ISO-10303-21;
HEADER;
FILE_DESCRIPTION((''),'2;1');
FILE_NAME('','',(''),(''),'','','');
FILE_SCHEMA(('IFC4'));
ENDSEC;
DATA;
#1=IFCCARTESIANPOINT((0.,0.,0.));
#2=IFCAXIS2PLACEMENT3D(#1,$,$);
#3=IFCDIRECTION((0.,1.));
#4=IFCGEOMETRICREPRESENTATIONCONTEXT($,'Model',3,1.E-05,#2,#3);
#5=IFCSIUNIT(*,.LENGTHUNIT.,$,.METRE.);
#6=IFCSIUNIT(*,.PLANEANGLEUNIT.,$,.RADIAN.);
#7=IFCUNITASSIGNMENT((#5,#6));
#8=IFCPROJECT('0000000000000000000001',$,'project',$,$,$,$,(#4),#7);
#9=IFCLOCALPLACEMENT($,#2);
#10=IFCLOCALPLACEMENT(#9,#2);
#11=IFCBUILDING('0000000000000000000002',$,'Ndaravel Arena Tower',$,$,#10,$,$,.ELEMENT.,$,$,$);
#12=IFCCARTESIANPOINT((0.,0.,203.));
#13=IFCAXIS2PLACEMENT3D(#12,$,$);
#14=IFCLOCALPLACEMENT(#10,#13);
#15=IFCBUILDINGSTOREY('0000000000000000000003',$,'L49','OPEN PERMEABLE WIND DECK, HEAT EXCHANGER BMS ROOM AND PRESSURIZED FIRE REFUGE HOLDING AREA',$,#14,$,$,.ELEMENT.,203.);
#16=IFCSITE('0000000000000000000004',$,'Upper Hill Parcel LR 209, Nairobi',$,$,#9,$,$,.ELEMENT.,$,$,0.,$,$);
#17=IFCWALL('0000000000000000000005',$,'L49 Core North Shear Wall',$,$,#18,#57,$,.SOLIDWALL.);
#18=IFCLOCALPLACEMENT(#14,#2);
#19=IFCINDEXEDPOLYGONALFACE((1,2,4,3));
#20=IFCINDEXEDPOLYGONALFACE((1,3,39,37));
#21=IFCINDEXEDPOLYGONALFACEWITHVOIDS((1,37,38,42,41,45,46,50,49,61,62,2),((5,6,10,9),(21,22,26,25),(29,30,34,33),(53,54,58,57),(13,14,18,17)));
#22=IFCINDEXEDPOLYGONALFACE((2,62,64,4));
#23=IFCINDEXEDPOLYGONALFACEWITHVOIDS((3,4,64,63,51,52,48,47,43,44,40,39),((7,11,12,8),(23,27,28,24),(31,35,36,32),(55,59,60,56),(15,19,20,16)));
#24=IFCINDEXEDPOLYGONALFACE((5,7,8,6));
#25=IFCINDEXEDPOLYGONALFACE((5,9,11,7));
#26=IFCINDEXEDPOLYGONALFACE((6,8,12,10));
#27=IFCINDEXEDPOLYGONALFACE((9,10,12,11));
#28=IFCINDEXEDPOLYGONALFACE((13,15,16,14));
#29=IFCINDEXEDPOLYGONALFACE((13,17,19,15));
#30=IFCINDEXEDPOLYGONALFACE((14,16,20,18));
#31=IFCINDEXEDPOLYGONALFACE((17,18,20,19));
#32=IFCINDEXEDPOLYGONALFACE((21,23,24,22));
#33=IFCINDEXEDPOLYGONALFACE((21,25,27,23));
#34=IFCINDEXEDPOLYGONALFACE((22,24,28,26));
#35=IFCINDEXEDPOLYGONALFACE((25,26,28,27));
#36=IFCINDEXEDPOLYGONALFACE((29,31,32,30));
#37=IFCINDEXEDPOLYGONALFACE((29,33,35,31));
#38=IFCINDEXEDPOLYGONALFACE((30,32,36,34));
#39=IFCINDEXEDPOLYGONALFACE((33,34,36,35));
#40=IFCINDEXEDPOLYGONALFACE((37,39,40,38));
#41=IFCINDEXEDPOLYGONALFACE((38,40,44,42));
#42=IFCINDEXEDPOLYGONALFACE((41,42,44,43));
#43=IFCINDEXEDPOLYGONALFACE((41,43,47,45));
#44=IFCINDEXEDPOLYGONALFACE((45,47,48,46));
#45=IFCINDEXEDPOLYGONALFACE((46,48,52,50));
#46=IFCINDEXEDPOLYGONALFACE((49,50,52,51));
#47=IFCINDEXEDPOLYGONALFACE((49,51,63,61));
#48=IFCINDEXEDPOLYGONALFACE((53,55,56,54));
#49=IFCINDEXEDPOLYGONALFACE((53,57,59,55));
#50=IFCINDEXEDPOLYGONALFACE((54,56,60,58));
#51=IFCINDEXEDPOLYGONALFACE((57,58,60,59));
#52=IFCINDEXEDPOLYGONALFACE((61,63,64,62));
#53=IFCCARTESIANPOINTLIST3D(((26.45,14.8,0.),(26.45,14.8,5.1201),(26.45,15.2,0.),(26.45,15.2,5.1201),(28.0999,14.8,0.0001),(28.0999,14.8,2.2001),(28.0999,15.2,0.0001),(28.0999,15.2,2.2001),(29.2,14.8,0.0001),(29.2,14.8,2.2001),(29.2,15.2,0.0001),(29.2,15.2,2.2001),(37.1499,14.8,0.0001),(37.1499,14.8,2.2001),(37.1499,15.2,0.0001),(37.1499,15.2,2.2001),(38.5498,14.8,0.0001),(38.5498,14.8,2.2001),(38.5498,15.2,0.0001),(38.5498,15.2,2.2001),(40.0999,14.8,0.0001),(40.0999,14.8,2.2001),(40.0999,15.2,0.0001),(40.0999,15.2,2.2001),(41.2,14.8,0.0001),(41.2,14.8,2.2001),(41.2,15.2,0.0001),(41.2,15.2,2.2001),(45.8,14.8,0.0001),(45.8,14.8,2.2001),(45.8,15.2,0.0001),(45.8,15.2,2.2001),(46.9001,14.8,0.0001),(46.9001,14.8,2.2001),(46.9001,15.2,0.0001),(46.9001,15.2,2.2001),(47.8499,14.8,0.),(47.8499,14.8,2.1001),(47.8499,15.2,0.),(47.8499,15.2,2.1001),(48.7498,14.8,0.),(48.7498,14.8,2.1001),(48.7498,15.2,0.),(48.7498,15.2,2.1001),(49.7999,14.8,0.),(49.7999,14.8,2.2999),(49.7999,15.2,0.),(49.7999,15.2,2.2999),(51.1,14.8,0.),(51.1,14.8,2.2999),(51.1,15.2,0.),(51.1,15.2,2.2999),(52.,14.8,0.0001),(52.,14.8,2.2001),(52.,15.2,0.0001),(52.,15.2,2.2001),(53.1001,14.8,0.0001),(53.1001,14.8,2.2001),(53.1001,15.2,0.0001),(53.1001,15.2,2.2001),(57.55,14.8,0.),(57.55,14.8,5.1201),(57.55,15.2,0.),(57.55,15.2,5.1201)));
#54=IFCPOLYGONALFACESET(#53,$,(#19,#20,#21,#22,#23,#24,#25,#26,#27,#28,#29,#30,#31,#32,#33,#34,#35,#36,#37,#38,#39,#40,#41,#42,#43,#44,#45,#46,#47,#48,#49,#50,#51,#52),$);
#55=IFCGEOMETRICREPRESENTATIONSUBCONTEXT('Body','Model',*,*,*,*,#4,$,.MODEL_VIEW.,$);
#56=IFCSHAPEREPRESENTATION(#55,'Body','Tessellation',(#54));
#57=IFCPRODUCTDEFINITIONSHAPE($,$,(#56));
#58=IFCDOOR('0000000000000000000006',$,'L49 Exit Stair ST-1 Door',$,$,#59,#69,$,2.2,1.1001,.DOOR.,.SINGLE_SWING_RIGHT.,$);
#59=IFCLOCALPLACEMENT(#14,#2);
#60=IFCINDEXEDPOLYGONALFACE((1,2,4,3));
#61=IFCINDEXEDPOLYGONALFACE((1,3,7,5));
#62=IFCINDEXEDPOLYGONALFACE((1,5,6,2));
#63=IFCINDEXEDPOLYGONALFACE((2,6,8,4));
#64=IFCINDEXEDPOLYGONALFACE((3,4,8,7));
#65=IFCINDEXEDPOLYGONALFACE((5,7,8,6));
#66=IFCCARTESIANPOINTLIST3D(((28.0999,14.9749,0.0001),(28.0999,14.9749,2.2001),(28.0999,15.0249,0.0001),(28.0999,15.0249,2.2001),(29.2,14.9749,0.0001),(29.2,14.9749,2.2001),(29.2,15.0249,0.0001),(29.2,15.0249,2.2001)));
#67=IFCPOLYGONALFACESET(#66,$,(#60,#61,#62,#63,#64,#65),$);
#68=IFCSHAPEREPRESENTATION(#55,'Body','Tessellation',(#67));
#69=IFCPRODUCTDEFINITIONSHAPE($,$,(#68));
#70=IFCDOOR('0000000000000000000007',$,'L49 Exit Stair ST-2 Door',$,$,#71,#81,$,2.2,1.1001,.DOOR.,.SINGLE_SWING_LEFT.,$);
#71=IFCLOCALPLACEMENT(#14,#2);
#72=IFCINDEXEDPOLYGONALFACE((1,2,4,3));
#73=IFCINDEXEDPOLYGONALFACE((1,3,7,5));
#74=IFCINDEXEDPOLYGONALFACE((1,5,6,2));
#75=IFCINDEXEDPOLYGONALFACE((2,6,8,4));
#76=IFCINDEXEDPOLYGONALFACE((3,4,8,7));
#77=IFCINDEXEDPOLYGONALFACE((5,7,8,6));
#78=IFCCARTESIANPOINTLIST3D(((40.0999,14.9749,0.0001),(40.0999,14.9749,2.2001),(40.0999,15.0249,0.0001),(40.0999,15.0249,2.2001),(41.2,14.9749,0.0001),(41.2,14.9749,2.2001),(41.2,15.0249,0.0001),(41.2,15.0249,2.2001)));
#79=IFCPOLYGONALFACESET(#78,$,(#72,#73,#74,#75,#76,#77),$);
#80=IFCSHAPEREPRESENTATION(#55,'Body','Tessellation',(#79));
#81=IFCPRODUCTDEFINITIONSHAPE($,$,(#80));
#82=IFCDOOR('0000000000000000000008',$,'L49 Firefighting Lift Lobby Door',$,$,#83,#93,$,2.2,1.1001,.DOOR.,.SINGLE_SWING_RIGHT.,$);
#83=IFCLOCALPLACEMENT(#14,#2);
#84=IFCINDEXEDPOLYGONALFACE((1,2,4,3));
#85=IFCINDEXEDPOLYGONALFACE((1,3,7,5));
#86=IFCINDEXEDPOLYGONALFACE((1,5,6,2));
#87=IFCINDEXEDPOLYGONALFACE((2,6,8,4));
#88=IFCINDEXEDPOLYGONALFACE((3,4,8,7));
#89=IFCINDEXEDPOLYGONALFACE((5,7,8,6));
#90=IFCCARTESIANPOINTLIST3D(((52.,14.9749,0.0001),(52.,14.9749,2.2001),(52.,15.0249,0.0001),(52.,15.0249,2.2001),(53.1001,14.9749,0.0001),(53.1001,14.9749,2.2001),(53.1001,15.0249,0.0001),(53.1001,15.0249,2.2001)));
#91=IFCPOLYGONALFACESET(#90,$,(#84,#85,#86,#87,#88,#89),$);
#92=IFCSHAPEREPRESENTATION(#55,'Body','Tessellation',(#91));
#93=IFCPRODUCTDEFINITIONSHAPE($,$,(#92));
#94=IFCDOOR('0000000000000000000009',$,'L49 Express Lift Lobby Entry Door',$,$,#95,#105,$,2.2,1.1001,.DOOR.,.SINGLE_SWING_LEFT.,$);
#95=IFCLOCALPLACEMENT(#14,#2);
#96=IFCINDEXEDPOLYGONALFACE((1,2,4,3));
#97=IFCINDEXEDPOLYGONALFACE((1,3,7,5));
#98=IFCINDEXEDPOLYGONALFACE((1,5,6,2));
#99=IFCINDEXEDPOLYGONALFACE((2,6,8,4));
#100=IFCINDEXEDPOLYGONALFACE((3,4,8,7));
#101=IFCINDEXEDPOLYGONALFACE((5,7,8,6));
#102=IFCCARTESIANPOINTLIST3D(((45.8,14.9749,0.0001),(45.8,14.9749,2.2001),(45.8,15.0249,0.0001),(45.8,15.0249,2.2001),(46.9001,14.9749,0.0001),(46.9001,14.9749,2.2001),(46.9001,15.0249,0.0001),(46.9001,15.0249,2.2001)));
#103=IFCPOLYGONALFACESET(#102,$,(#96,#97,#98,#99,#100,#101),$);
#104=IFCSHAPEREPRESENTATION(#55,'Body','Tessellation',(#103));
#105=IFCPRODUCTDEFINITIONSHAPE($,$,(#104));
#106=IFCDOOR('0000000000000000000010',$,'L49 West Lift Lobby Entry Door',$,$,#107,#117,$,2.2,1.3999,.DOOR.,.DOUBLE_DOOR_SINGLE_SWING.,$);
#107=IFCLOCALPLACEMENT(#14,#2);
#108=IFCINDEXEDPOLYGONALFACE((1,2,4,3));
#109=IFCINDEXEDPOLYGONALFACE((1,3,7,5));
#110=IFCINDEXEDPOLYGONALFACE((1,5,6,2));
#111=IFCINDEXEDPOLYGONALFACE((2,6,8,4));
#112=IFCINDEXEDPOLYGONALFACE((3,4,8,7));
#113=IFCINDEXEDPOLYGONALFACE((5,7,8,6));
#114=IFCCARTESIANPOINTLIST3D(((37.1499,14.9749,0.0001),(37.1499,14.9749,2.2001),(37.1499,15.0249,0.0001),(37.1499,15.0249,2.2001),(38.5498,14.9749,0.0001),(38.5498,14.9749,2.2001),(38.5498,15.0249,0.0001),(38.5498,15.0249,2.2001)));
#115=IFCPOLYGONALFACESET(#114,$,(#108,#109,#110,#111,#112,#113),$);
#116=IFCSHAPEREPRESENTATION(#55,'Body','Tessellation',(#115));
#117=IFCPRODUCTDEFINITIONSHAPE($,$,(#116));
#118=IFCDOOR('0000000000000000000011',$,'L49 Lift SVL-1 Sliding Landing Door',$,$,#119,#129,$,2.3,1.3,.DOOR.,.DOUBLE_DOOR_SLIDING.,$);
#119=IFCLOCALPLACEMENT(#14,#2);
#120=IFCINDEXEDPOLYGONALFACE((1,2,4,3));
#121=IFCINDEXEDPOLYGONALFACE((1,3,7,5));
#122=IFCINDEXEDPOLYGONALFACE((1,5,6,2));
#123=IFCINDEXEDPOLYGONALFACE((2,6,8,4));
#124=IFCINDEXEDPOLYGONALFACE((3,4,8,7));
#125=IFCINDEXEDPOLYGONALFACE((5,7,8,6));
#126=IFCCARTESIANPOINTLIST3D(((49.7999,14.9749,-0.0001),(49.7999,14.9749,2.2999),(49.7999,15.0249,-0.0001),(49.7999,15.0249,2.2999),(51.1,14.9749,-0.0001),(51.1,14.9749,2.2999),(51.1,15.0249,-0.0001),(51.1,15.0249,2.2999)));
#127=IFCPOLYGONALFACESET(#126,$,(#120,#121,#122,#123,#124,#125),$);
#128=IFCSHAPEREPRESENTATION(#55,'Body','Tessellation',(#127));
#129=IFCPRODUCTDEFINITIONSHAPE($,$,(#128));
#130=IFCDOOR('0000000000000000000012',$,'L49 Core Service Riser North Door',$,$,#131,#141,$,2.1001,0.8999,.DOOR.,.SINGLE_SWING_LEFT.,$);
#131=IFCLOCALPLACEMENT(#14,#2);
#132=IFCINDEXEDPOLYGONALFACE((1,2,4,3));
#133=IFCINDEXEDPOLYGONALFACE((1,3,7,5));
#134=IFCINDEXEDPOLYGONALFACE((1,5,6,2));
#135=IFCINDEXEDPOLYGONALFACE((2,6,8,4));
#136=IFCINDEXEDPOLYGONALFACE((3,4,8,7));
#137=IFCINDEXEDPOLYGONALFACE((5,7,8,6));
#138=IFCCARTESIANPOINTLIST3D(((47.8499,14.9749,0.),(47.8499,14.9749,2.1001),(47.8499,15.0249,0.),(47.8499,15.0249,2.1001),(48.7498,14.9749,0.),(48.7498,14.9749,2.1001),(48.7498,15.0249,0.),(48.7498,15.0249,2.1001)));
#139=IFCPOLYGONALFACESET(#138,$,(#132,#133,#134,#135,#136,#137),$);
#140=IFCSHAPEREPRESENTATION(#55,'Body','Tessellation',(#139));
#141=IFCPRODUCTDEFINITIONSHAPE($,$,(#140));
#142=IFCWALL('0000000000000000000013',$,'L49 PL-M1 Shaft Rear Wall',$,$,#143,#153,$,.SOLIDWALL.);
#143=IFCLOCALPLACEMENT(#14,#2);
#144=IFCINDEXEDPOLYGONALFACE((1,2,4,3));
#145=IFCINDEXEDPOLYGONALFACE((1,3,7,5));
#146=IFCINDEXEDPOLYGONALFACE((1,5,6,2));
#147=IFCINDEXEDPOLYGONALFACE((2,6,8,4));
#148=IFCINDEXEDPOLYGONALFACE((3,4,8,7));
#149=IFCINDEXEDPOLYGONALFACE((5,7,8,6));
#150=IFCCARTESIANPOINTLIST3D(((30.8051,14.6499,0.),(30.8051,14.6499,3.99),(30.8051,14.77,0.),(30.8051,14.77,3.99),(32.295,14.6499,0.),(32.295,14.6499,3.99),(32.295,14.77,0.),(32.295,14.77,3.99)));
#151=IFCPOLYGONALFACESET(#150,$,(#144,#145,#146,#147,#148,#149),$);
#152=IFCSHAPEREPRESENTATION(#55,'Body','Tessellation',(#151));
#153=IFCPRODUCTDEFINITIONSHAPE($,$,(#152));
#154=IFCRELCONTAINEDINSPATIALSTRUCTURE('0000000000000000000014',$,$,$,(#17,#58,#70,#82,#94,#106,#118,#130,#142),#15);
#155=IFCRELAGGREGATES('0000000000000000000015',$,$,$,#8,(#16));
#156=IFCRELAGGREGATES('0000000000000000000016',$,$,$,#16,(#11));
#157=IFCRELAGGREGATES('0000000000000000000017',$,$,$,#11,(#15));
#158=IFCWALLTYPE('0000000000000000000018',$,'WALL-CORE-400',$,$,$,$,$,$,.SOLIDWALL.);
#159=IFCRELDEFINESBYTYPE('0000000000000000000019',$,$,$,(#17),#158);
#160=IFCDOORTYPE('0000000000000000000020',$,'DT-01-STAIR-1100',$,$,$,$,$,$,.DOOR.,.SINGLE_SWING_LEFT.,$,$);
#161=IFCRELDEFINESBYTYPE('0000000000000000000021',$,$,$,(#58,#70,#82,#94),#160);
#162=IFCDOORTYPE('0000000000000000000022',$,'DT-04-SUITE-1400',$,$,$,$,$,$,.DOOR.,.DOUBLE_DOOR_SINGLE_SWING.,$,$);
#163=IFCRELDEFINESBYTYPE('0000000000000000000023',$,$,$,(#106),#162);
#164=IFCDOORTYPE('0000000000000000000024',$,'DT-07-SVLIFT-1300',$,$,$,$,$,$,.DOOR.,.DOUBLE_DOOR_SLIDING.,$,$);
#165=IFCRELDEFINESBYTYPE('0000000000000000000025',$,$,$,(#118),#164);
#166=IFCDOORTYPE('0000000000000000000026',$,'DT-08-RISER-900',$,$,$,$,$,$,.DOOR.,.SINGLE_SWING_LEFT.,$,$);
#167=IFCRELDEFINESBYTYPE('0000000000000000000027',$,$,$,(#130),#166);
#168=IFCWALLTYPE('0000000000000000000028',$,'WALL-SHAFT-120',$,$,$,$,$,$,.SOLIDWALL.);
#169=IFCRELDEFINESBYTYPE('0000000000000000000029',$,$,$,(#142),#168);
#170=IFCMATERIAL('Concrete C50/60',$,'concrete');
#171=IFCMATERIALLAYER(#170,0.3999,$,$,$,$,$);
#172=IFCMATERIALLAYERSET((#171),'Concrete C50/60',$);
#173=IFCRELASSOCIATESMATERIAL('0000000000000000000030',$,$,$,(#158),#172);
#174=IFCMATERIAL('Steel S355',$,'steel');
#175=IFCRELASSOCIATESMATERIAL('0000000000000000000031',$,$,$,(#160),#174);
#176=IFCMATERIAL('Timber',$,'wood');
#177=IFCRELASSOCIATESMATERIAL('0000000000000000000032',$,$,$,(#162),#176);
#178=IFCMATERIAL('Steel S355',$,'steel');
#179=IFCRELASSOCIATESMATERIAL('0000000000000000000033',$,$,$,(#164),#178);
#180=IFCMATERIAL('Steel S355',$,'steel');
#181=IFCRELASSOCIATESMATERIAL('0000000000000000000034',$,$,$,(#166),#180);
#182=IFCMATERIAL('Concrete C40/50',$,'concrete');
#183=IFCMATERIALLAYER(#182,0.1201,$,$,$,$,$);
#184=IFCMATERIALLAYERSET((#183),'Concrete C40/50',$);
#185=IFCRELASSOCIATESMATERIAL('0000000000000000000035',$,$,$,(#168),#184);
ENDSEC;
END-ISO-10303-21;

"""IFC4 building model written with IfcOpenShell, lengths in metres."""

from ifc_helpers import new_model, si_unit, direction, frame, frame_2d, origin, place, context, subcontext, project, spatial, rectangle, extrude, material, layer, layer_set, type_object, element, fill, save


model = new_model("IFC4")

# Units and contexts
model_context = context("Model", 3, precision=1e-05, world=origin(), true_north=direction((0.0, 1.0)))
body_context = subcontext(model_context, "Body", "Model", "MODEL_VIEW")
ifc_project = project(units=[si_unit("LENGTHUNIT", "METRE"), si_unit("PLANEANGLEUNIT", "RADIAN")], contexts=[model_context])

# Site, building, storey
site_placement = place(None, origin())
site = spatial("IfcSite", under=ifc_project, at=site_placement, Name="Upper Hill Parcel LR 209, Nairobi", CompositionType="ELEMENT", RefElevation=0.0)
building_placement = place(site_placement, origin())
building = spatial("IfcBuilding", under=site, at=building_placement, Name="Ndaravel Arena Tower", CompositionType="ELEMENT")
storey_placement = place(building_placement, frame((0.0, 0.0, 203.0)))
storey = spatial("IfcBuildingStorey", under=building, at=storey_placement, Name="L49", Description="OPEN PERMEABLE WIND DECK, HEAT EXCHANGER BMS ROOM AND PRESSURIZED FIRE REFUGE HOLDING AREA", CompositionType="ELEMENT", Elevation=203.0)

# Wall, openings, doors
ifc_material_1 = material(Name="Concrete C50/60", Category="concrete")
ifc_layer_1 = layer(ifc_material_1, 0.3999)
ifc_layer_set_1 = layer_set([ifc_layer_1], Name="Concrete C50/60")
wall_type_1 = type_object("IfcWallType", Name="WALL-CORE-400", PredefinedType="SOLIDWALL", material=ifc_layer_set_1)
wall_1_placement = place(storey_placement, frame((26.45, 15.0, 0.0), z_axis=(0.0, 0.0, 1.0), x_axis=(1.0, 0.0, 0.0)))
wall_1 = element("IfcWall", 1, at=wall_1_placement, inside=storey, type_object=wall_type_1, Name="L49 Core North Shear Wall", PredefinedType="SOLIDWALL", context=body_context, shape_type="SweptSolid", body=[
    extrude(rectangle(XDim=31.1001, YDim=0.3999, at=frame_2d((15.55, 0.0))), origin(), (0.0, 0.0, 1.0), 5.1201),
])
opening_1_placement = place(wall_1_placement, frame((1.6499, 0.0, 0.0)))
opening_1 = element("IfcOpeningElement", 2, at=opening_1_placement, cuts=wall_1, PredefinedType="OPENING", context=body_context, shape_type="SweptSolid", body=[
    extrude(rectangle(XDim=1.1001, YDim=2.2, at=frame_2d((0.55, 1.1001))), frame((0.0, 0.2, 0.0), z_axis=(0.0, -1.0, 0.0), x_axis=(1.0, 0.0, 0.0)), (0.0, 0.0, 1.0), 0.3999),
])
opening_2_placement = place(wall_1_placement, frame((13.6499, 0.0, 0.0)))
opening_2 = element("IfcOpeningElement", 3, at=opening_2_placement, cuts=wall_1, PredefinedType="OPENING", context=body_context, shape_type="SweptSolid", body=[
    extrude(rectangle(XDim=1.1001, YDim=2.2, at=frame_2d((0.55, 1.1001))), frame((0.0, 0.2, 0.0), z_axis=(0.0, -1.0, 0.0), x_axis=(1.0, 0.0, 0.0)), (0.0, 0.0, 1.0), 0.3999),
])
opening_3_placement = place(wall_1_placement, frame((25.55, 0.0, 0.0)))
opening_3 = element("IfcOpeningElement", 4, at=opening_3_placement, cuts=wall_1, PredefinedType="OPENING", context=body_context, shape_type="SweptSolid", body=[
    extrude(rectangle(XDim=1.1001, YDim=2.2, at=frame_2d((0.55, 1.1001))), frame((0.0, 0.2, 0.0), z_axis=(0.0, -1.0, 0.0), x_axis=(1.0, 0.0, 0.0)), (0.0, 0.0, 1.0), 0.3999),
])
opening_4_placement = place(wall_1_placement, frame((10.7, 0.0, 0.0)))
opening_4 = element("IfcOpeningElement", 5, at=opening_4_placement, cuts=wall_1, PredefinedType="OPENING", context=body_context, shape_type="SweptSolid", body=[
    extrude(rectangle(XDim=1.3999, YDim=2.2, at=frame_2d((0.7, 1.1001))), frame((0.0, 0.2, 0.0), z_axis=(0.0, -1.0, 0.0), x_axis=(1.0, 0.0, 0.0)), (0.0, 0.0, 1.0), 0.3999),
])
opening_5_placement = place(wall_1_placement, frame((19.3501, 0.0, 0.0)))
opening_5 = element("IfcOpeningElement", 6, at=opening_5_placement, cuts=wall_1, PredefinedType="OPENING", context=body_context, shape_type="SweptSolid", body=[
    extrude(rectangle(XDim=1.1001, YDim=2.2, at=frame_2d((0.55, 1.1001))), frame((0.0, 0.2, 0.0), z_axis=(0.0, -1.0, 0.0), x_axis=(1.0, 0.0, 0.0)), (0.0, 0.0, 1.0), 0.3999),
])
opening_6_placement = place(wall_1_placement, frame((21.3999, 0.0, 0.0)))
opening_6 = element("IfcOpeningElement", 7, at=opening_6_placement, cuts=wall_1, PredefinedType="OPENING", context=body_context, shape_type="SweptSolid", body=[
    extrude(rectangle(XDim=0.8999, YDim=2.1001, at=frame_2d((0.45, 1.05))), frame((0.0, 0.2, 0.0), z_axis=(0.0, -1.0, 0.0), x_axis=(1.0, 0.0, 0.0)), (0.0, 0.0, 1.0), 0.3999),
])
opening_7_placement = place(wall_1_placement, frame((23.3501, 0.0, 0.0)))
opening_7 = element("IfcOpeningElement", 8, at=opening_7_placement, cuts=wall_1, PredefinedType="OPENING", context=body_context, shape_type="SweptSolid", body=[
    extrude(rectangle(XDim=1.3, YDim=2.3, at=frame_2d((0.6499, 1.1499))), frame((0.0, 0.2, 0.0), z_axis=(0.0, -1.0, 0.0), x_axis=(1.0, 0.0, 0.0)), (0.0, 0.0, 1.0), 0.3999),
])
ifc_material_2 = material(Name="Steel S355", Category="steel")
door_type_1 = type_object("IfcDoorType", Name="DT-01-STAIR-1100", OperationType="SINGLE_SWING_LEFT", PredefinedType="DOOR", material=ifc_material_2)
door_1_placement = place(opening_1_placement, origin())
door_1 = element("IfcDoor", 9, at=door_1_placement, inside=storey, type_object=door_type_1, Name="L49 Exit Stair ST-1 Door", OperationType="SINGLE_SWING_RIGHT", OverallHeight=2.2, OverallWidth=1.1001, PredefinedType="DOOR", context=body_context, shape_type="SweptSolid", body=[
    extrude(rectangle(XDim=1.1001, YDim=2.2, at=frame_2d((0.55, 1.1001))), frame((0.0, 0.0249, 0.0), z_axis=(0.0, -1.0, 0.0), x_axis=(1.0, 0.0, 0.0)), (0.0, 0.0, 1.0), 0.05),
])
fill(opening_1, door_1)
door_2_placement = place(opening_2_placement, origin())
door_2 = element("IfcDoor", 10, at=door_2_placement, inside=storey, type_object=door_type_1, Name="L49 Exit Stair ST-2 Door", OperationType="SINGLE_SWING_LEFT", OverallHeight=2.2, OverallWidth=1.1001, PredefinedType="DOOR", context=body_context, shape_type="SweptSolid", body=[
    extrude(rectangle(XDim=1.1001, YDim=2.2, at=frame_2d((0.55, 1.1001))), frame((0.0, 0.0249, 0.0), z_axis=(0.0, -1.0, 0.0), x_axis=(1.0, 0.0, 0.0)), (0.0, 0.0, 1.0), 0.05),
])
fill(opening_2, door_2)
door_3_placement = place(opening_3_placement, origin())
door_3 = element("IfcDoor", 11, at=door_3_placement, inside=storey, type_object=door_type_1, Name="L49 Firefighting Lift Lobby Door", OperationType="SINGLE_SWING_RIGHT", OverallHeight=2.2, OverallWidth=1.1001, PredefinedType="DOOR", context=body_context, shape_type="SweptSolid", body=[
    extrude(rectangle(XDim=1.1001, YDim=2.2, at=frame_2d((0.55, 1.1001))), frame((0.0, 0.0249, 0.0), z_axis=(0.0, -1.0, 0.0), x_axis=(1.0, 0.0, 0.0)), (0.0, 0.0, 1.0), 0.05),
])
fill(opening_3, door_3)
door_4_placement = place(opening_5_placement, origin())
door_4 = element("IfcDoor", 12, at=door_4_placement, inside=storey, type_object=door_type_1, Name="L49 Express Lift Lobby Entry Door", OperationType="SINGLE_SWING_LEFT", OverallHeight=2.2, OverallWidth=1.1001, PredefinedType="DOOR", context=body_context, shape_type="SweptSolid", body=[
    extrude(rectangle(XDim=1.1001, YDim=2.2, at=frame_2d((0.55, 1.1001))), frame((0.0, 0.0249, 0.0), z_axis=(0.0, -1.0, 0.0), x_axis=(1.0, 0.0, 0.0)), (0.0, 0.0, 1.0), 0.05),
])
fill(opening_5, door_4)
ifc_material_3 = material(Name="Timber", Category="wood")
door_type_2 = type_object("IfcDoorType", Name="DT-04-SUITE-1400", OperationType="DOUBLE_DOOR_SINGLE_SWING", PredefinedType="DOOR", material=ifc_material_3)
door_5_placement = place(opening_4_placement, origin())
door_5 = element("IfcDoor", 13, at=door_5_placement, inside=storey, type_object=door_type_2, Name="L49 West Lift Lobby Entry Door", OperationType="DOUBLE_DOOR_SINGLE_SWING", OverallHeight=2.2, OverallWidth=1.3999, PredefinedType="DOOR", context=body_context, shape_type="SweptSolid", body=[
    extrude(rectangle(XDim=1.3999, YDim=2.2, at=frame_2d((0.7, 1.1001))), frame((0.0, 0.0249, 0.0), z_axis=(0.0, -1.0, 0.0), x_axis=(1.0, 0.0, 0.0)), (0.0, 0.0, 1.0), 0.05),
])
fill(opening_4, door_5)
ifc_material_4 = material(Name="Steel S355", Category="steel")
door_type_3 = type_object("IfcDoorType", Name="DT-07-SVLIFT-1300", OperationType="DOUBLE_DOOR_SLIDING", PredefinedType="DOOR", material=ifc_material_4)
door_6_placement = place(opening_7_placement, origin())
door_6 = element("IfcDoor", 14, at=door_6_placement, inside=storey, type_object=door_type_3, Name="L49 Lift SVL-1 Sliding Landing Door", OperationType="DOUBLE_DOOR_SLIDING", OverallHeight=2.3, OverallWidth=1.3, PredefinedType="DOOR", context=body_context, shape_type="SweptSolid", body=[
    extrude(rectangle(XDim=1.3, YDim=2.3, at=frame_2d((0.6499, 1.1499))), frame((0.0, 0.0249, 0.0), z_axis=(0.0, -1.0, 0.0), x_axis=(1.0, 0.0, 0.0)), (0.0, 0.0, 1.0), 0.05),
])
fill(opening_7, door_6)
ifc_material_5 = material(Name="Steel S355", Category="steel")
door_type_4 = type_object("IfcDoorType", Name="DT-08-RISER-900", OperationType="SINGLE_SWING_LEFT", PredefinedType="DOOR", material=ifc_material_5)
door_7_placement = place(opening_6_placement, origin())
door_7 = element("IfcDoor", 15, at=door_7_placement, inside=storey, type_object=door_type_4, Name="L49 Core Service Riser North Door", OperationType="SINGLE_SWING_LEFT", OverallHeight=2.1001, OverallWidth=0.8999, PredefinedType="DOOR", context=body_context, shape_type="SweptSolid", body=[
    extrude(rectangle(XDim=0.8999, YDim=2.1001, at=frame_2d((0.45, 1.05))), frame((0.0, 0.0249, 0.0), z_axis=(0.0, -1.0, 0.0), x_axis=(1.0, 0.0, 0.0)), (0.0, 0.0, 1.0), 0.05),
])
fill(opening_6, door_7)

# Wall
ifc_material_6 = material(Name="Concrete C40/50", Category="concrete")
ifc_layer_2 = layer(ifc_material_6, 0.1201)
ifc_layer_set_2 = layer_set([ifc_layer_2], Name="Concrete C40/50")
wall_type_2 = type_object("IfcWallType", Name="WALL-SHAFT-120", PredefinedType="SOLIDWALL", material=ifc_layer_set_2)
for number, where, z_axis, x_axis, name in (
    (16, (30.8049, 14.71, 0.0), (0.0, 0.0, 1.0), (1.0, 0.0, 0.0), "L49 PL-M1 Shaft Rear Wall"),
):
    element("IfcWall", number, at=place(storey_placement, frame(where, z_axis=z_axis, x_axis=x_axis)), inside=storey, type_object=wall_type_2, Name=name, PredefinedType="SOLIDWALL", context=body_context, shape_type="SweptSolid", body=[
        extrude(rectangle(XDim=1.49, YDim=0.1201, at=frame_2d((0.7451, 0.0))), origin(), (0.0, 0.0, 1.0), 3.99),
    ])

save(model, "model.ifc")
